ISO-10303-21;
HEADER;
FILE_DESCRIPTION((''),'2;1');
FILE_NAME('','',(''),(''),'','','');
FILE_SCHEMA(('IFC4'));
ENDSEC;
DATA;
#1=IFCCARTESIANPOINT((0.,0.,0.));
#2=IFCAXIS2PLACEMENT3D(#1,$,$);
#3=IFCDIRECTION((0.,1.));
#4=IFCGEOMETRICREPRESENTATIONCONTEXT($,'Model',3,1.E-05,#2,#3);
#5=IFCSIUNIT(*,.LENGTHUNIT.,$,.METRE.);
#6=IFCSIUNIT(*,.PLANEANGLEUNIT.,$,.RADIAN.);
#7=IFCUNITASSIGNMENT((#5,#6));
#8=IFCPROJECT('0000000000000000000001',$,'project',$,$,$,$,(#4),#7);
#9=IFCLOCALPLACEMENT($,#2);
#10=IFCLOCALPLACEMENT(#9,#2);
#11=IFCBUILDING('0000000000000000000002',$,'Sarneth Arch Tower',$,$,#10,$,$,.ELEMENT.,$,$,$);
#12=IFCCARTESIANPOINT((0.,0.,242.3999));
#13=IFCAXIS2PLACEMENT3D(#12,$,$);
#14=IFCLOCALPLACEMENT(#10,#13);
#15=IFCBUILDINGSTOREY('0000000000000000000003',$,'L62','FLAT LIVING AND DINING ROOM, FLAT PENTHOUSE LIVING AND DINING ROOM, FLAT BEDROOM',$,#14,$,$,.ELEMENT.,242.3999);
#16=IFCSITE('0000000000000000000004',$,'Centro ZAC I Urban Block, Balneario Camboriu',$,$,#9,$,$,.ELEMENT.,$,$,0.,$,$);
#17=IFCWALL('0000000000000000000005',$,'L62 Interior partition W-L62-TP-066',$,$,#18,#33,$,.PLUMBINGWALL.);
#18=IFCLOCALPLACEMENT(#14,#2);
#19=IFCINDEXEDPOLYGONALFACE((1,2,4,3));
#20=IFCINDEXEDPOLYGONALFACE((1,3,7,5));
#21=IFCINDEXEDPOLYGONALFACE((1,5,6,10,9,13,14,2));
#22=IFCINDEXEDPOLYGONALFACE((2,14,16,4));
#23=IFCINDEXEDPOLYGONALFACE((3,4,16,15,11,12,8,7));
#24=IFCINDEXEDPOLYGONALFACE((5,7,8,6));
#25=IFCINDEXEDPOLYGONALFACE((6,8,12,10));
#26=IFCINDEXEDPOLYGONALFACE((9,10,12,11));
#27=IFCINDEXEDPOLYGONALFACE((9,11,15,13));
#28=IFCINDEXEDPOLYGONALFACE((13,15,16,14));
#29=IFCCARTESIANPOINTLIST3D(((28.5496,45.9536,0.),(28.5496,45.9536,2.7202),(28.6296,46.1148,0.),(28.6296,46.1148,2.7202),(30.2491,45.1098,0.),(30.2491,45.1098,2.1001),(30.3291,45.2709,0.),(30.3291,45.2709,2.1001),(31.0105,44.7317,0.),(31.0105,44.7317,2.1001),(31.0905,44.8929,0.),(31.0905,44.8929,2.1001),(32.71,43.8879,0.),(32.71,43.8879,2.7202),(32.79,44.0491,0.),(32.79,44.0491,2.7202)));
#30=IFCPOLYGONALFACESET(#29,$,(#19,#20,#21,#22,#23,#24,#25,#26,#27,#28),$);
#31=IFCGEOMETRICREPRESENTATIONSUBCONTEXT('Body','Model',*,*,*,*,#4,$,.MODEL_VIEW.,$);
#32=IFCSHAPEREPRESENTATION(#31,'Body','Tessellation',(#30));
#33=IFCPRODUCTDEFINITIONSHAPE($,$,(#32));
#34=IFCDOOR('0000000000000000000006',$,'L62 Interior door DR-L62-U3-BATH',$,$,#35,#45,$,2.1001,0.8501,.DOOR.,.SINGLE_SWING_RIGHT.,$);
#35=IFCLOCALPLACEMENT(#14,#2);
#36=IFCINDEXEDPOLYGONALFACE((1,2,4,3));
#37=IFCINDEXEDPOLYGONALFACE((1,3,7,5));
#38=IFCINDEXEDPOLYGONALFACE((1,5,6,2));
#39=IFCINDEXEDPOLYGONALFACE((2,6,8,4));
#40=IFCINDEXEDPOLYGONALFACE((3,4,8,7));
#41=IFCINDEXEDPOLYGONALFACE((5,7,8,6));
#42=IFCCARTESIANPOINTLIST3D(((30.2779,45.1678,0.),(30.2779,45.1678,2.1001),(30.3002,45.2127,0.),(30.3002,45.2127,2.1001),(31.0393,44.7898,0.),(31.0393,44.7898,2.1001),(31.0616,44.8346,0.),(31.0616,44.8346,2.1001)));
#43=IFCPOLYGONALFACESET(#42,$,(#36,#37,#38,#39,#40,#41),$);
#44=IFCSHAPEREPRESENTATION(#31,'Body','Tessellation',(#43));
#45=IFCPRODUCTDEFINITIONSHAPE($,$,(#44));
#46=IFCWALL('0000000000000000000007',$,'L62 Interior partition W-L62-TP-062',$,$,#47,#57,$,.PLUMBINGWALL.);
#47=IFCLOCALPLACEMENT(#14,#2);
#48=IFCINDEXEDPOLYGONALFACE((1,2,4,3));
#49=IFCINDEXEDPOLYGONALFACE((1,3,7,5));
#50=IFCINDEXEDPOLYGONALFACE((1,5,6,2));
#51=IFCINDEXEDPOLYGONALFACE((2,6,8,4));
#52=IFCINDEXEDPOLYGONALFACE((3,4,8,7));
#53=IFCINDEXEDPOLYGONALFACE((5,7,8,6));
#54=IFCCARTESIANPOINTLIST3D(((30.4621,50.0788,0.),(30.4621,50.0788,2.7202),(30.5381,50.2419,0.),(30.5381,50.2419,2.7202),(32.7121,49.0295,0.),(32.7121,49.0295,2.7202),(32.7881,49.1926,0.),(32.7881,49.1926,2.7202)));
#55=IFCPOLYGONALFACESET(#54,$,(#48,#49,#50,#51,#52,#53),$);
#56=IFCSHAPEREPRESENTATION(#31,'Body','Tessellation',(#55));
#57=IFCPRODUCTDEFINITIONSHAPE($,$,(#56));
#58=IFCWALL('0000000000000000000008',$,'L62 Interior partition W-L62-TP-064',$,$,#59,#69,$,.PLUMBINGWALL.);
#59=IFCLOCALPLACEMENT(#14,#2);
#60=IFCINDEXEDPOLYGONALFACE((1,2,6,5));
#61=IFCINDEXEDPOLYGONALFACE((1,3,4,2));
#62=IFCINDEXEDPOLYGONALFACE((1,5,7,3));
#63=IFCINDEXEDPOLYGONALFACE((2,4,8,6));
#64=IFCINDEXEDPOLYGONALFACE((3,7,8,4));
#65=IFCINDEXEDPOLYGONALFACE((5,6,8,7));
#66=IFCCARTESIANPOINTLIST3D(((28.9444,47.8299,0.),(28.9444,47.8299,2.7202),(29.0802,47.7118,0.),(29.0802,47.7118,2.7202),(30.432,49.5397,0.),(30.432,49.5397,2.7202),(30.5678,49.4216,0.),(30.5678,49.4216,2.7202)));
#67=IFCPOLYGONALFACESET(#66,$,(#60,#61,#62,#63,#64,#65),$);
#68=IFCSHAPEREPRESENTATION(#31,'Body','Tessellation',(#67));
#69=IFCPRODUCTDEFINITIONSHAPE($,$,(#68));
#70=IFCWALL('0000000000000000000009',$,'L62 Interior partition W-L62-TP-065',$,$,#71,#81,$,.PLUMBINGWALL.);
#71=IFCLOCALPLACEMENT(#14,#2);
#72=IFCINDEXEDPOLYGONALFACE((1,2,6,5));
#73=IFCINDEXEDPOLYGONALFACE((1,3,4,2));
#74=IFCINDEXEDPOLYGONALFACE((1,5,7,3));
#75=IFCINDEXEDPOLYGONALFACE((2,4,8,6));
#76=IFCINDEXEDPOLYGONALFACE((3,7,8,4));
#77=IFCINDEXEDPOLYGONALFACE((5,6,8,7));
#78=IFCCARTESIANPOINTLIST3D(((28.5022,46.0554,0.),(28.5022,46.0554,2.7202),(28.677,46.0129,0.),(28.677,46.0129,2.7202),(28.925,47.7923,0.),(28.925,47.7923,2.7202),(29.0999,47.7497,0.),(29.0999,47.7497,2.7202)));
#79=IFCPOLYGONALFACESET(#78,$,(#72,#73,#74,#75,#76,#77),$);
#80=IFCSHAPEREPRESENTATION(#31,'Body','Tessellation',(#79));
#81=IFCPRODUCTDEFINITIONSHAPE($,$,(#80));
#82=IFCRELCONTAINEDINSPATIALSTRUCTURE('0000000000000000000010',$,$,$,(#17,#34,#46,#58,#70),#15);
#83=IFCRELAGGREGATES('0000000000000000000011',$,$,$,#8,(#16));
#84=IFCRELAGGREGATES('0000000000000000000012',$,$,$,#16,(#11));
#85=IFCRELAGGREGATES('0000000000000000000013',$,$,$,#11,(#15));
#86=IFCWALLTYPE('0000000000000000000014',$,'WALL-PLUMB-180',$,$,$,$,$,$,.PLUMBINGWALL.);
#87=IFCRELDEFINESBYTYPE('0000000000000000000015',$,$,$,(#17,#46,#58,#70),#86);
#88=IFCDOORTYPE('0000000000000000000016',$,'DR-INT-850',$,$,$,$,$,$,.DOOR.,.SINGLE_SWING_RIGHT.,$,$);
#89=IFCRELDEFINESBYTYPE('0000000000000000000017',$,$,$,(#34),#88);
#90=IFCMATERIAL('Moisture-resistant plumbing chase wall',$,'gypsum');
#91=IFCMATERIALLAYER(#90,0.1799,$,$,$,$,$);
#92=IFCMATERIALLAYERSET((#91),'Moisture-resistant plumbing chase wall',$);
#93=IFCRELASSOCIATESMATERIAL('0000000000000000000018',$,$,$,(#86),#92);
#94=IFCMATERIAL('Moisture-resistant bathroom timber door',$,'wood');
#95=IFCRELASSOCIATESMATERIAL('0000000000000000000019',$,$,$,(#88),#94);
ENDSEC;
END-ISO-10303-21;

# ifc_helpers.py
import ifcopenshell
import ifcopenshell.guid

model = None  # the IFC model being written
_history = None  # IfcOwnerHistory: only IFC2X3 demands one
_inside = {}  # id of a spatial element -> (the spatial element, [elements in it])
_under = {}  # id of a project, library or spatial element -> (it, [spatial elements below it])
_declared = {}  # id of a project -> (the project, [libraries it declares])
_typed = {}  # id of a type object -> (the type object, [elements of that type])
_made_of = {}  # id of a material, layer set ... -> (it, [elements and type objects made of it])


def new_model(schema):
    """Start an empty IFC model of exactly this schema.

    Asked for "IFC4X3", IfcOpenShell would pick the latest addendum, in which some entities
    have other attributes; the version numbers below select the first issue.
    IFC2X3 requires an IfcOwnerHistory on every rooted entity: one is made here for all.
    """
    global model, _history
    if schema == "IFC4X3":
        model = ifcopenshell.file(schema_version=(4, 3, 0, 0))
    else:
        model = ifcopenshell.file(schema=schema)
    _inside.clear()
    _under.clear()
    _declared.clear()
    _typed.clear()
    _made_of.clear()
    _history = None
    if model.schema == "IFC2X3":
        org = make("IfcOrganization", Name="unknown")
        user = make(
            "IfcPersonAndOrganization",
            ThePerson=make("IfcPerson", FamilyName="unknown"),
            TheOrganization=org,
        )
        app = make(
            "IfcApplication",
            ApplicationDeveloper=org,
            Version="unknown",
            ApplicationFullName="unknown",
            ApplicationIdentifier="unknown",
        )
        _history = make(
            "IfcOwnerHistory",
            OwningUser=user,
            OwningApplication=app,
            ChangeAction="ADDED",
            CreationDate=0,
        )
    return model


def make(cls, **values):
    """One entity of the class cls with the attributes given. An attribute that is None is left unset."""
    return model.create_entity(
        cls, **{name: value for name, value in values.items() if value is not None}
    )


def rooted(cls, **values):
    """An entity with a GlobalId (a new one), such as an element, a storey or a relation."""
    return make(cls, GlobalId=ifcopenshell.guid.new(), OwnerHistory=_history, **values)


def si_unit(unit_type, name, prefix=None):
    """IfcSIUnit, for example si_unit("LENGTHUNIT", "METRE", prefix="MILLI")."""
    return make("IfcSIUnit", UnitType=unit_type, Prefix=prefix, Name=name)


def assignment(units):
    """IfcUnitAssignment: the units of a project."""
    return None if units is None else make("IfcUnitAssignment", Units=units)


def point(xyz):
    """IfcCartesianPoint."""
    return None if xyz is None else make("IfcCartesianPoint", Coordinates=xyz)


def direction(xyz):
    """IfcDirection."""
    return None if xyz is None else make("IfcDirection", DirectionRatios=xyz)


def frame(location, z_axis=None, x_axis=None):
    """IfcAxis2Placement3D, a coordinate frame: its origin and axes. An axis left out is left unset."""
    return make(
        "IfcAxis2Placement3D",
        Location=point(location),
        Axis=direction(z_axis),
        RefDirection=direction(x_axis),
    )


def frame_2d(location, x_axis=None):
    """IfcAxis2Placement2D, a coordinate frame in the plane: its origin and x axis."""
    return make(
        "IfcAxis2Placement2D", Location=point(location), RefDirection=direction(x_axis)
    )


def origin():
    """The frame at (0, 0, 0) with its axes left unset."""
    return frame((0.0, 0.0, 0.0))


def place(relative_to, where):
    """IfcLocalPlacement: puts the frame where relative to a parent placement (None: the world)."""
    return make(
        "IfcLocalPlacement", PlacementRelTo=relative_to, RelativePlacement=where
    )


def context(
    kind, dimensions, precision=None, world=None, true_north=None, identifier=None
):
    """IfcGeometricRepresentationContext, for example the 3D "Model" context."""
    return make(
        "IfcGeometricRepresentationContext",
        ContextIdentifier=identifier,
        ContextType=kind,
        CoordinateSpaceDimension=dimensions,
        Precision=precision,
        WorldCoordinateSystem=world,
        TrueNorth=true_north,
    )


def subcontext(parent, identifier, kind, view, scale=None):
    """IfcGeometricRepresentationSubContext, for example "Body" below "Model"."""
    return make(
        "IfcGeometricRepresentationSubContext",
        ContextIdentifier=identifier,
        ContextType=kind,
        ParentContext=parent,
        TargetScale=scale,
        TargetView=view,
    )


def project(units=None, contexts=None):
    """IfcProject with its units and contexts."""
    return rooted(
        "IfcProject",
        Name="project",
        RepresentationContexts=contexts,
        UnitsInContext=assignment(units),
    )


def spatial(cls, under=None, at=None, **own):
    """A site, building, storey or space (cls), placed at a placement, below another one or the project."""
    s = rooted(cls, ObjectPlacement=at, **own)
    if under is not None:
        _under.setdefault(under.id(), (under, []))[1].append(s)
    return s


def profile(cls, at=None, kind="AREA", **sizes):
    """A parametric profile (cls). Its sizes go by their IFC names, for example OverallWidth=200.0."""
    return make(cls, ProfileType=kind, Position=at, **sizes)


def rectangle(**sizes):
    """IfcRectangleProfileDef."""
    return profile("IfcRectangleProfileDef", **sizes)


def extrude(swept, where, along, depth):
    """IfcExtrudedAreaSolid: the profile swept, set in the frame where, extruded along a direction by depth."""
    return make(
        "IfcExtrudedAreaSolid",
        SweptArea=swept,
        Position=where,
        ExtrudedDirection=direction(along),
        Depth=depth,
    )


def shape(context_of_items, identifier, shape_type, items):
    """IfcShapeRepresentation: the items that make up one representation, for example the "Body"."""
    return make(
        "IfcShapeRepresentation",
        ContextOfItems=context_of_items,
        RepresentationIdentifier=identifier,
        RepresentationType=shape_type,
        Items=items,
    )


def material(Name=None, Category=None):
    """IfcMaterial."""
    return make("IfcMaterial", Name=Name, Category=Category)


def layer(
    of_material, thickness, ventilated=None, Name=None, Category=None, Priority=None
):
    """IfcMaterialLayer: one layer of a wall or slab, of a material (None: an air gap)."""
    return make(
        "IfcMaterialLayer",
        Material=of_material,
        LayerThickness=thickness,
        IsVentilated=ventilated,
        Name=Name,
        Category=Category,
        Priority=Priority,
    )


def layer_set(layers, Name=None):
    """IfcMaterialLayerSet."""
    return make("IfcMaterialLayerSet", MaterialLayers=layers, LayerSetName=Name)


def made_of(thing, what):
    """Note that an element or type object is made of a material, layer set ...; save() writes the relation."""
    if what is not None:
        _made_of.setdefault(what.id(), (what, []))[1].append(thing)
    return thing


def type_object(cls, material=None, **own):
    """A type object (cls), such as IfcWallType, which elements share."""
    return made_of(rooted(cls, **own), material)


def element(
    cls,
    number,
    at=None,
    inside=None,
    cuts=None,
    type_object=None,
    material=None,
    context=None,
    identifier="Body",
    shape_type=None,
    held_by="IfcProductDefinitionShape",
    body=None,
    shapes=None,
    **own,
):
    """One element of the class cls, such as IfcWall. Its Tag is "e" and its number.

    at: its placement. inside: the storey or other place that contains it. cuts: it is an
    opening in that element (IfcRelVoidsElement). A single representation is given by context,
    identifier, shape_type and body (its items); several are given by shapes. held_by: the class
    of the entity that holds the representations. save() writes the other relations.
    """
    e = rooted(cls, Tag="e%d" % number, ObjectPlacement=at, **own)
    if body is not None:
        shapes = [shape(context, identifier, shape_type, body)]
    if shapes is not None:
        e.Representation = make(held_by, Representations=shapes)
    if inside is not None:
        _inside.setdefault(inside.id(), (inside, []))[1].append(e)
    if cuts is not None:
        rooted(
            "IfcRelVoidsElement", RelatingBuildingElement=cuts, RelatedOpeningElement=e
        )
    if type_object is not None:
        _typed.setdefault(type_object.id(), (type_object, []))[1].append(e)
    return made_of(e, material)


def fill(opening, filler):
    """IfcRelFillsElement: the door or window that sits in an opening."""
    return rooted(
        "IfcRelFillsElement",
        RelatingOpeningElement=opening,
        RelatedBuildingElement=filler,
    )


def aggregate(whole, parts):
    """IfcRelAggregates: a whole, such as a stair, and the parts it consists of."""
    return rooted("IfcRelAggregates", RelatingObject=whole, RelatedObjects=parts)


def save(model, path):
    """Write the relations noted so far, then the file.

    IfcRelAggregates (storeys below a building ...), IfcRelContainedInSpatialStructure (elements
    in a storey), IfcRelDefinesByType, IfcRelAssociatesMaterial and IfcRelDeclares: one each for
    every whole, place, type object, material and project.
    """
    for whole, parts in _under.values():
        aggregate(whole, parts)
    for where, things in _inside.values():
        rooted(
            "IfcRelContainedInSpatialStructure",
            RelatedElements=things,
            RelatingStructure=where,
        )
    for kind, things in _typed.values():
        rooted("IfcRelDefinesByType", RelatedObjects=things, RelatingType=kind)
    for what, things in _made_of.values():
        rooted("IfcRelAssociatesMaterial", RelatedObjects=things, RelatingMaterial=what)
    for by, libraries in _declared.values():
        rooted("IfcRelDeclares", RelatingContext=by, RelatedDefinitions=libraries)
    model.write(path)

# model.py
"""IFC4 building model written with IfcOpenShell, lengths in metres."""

from ifc_helpers import new_model, si_unit, direction, frame, frame_2d, origin, place, context, subcontext, project, spatial, rectangle, extrude, material, layer, layer_set, type_object, element, fill, save


model = new_model("IFC4")

# Units and contexts
model_context = context("Model", 3, precision=1e-05, world=origin(), true_north=direction((0.0, 1.0)))
body_context = subcontext(model_context, "Body", "Model", "MODEL_VIEW")
ifc_project = project(units=[si_unit("LENGTHUNIT", "METRE"), si_unit("PLANEANGLEUNIT", "RADIAN")], contexts=[model_context])

# Site, building, storey
site_placement = place(None, origin())
site = spatial("IfcSite", under=ifc_project, at=site_placement, Name="Centro ZAC I Urban Block, Balneario Camboriu", CompositionType="ELEMENT", RefElevation=0.0)
building_placement = place(site_placement, origin())
building = spatial("IfcBuilding", under=site, at=building_placement, Name="Sarneth Arch Tower", CompositionType="ELEMENT")
storey_placement = place(building_placement, frame((0.0, 0.0, 242.3999)))
storey = spatial("IfcBuildingStorey", under=building, at=storey_placement, Name="L62", Description="FLAT LIVING AND DINING ROOM, FLAT PENTHOUSE LIVING AND DINING ROOM, FLAT BEDROOM", CompositionType="ELEMENT", Elevation=242.3999)

# Wall, opening, door
ifc_material_1 = material(Name="Moisture-resistant plumbing chase wall", Category="gypsum")
ifc_layer_1 = layer(ifc_material_1, 0.1799)
ifc_layer_set_1 = layer_set([ifc_layer_1], Name="Moisture-resistant plumbing chase wall")
wall_type_1 = type_object("IfcWallType", Name="WALL-PLUMB-180", PredefinedType="PLUMBINGWALL", material=ifc_layer_set_1)
wall_1_placement = place(storey_placement, frame((28.5896, 46.0342, 0.0), z_axis=(0.0, 0.0, 1.0), x_axis=(0.895675, -0.44471, 0.0)))
wall_1 = element("IfcWall", 1, at=wall_1_placement, inside=storey, type_object=wall_type_1, Name="L62 Interior partition W-L62-TP-066", PredefinedType="PLUMBINGWALL", context=body_context, shape_type="SweptSolid", body=[
    extrude(rectangle(XDim=4.645, YDim=0.1799, at=frame_2d((2.3225, 0.0))), origin(), (0.0, 0.0, 1.0), 2.7202),
])
opening_1_placement = place(wall_1_placement, frame((1.8975, 0.0, 0.0)))
opening_1 = element("IfcOpeningElement", 2, at=opening_1_placement, cuts=wall_1, PredefinedType="OPENING", context=body_context, shape_type="SweptSolid", body=[
    extrude(rectangle(XDim=0.8501, YDim=2.1001, at=frame_2d((0.425, 1.05))), frame((0.0, 0.0999, 0.0), z_axis=(0.0, -1.0, 0.0), x_axis=(1.0, 0.0, 0.0)), (0.0, 0.0, 1.0), 0.2),
])
ifc_material_2 = material(Name="Moisture-resistant bathroom timber door", Category="wood")
door_type_1 = type_object("IfcDoorType", Name="DR-INT-850", OperationType="SINGLE_SWING_RIGHT", PredefinedType="DOOR", material=ifc_material_2)
door_1_placement = place(opening_1_placement, origin())
door_1 = element("IfcDoor", 3, at=door_1_placement, inside=storey, type_object=door_type_1, Name="L62 Interior door DR-L62-U3-BATH", OperationType="SINGLE_SWING_RIGHT", OverallHeight=2.1001, OverallWidth=0.8501, PredefinedType="DOOR", context=body_context, shape_type="SweptSolid", body=[
    extrude(rectangle(XDim=0.8501, YDim=2.1001, at=frame_2d((0.425, 1.05))), frame((0.0, 0.0249, 0.0), z_axis=(0.0, -1.0, 0.0), x_axis=(1.0, 0.0, 0.0)), (0.0, 0.0, 1.0), 0.05),
])
fill(opening_1, door_1)

# Walls
wall_2_placement = place(storey_placement, frame((32.75, 49.1111, 0.0), z_axis=(0.0, 0.0, 1.0), x_axis=(-0.906289, 0.422659, 0.0)))
element("IfcWall", 4, at=wall_2_placement, inside=storey, type_object=wall_type_1, Name="L62 Interior partition W-L62-TP-062", PredefinedType="PLUMBINGWALL", context=body_context, shape_type="SweptSolid", body=[
    extrude(rectangle(XDim=2.4827, YDim=0.1799, at=frame_2d((1.2412, 0.0))), origin(), (0.0, 0.0, 1.0), 2.7202),
])
wall_3_placement = place(storey_placement, frame((30.5, 49.4807, 0.0), z_axis=(0.0, 0.0, 1.0), x_axis=(-0.656389, -0.754422, 0.0)))
element("IfcWall", 5, at=wall_3_placement, inside=storey, type_object=wall_type_1, Name="L62 Interior partition W-L62-TP-064", PredefinedType="PLUMBINGWALL", context=body_context, shape_type="SweptSolid", body=[
    extrude(rectangle(XDim=2.2664, YDim=0.1799, at=frame_2d((1.1333, 0.0))), origin(), (0.0, 0.0, 1.0), 2.7202),
])
wall_4_placement = place(storey_placement, frame((29.0125, 47.771, 0.0), z_axis=(0.0, 0.0, 1.0), x_axis=(-0.236554, -0.971618, 0.0)))
element("IfcWall", 6, at=wall_4_placement, inside=storey, type_object=wall_type_1, Name="L62 Interior partition W-L62-TP-065", PredefinedType="PLUMBINGWALL", context=body_context, shape_type="SweptSolid", body=[
    extrude(rectangle(XDim=1.7876, YDim=0.1799, at=frame_2d((0.8938, 0.0))), origin(), (0.0, 0.0, 1.0), 2.7202),
])

save(model, "model.ifc")
